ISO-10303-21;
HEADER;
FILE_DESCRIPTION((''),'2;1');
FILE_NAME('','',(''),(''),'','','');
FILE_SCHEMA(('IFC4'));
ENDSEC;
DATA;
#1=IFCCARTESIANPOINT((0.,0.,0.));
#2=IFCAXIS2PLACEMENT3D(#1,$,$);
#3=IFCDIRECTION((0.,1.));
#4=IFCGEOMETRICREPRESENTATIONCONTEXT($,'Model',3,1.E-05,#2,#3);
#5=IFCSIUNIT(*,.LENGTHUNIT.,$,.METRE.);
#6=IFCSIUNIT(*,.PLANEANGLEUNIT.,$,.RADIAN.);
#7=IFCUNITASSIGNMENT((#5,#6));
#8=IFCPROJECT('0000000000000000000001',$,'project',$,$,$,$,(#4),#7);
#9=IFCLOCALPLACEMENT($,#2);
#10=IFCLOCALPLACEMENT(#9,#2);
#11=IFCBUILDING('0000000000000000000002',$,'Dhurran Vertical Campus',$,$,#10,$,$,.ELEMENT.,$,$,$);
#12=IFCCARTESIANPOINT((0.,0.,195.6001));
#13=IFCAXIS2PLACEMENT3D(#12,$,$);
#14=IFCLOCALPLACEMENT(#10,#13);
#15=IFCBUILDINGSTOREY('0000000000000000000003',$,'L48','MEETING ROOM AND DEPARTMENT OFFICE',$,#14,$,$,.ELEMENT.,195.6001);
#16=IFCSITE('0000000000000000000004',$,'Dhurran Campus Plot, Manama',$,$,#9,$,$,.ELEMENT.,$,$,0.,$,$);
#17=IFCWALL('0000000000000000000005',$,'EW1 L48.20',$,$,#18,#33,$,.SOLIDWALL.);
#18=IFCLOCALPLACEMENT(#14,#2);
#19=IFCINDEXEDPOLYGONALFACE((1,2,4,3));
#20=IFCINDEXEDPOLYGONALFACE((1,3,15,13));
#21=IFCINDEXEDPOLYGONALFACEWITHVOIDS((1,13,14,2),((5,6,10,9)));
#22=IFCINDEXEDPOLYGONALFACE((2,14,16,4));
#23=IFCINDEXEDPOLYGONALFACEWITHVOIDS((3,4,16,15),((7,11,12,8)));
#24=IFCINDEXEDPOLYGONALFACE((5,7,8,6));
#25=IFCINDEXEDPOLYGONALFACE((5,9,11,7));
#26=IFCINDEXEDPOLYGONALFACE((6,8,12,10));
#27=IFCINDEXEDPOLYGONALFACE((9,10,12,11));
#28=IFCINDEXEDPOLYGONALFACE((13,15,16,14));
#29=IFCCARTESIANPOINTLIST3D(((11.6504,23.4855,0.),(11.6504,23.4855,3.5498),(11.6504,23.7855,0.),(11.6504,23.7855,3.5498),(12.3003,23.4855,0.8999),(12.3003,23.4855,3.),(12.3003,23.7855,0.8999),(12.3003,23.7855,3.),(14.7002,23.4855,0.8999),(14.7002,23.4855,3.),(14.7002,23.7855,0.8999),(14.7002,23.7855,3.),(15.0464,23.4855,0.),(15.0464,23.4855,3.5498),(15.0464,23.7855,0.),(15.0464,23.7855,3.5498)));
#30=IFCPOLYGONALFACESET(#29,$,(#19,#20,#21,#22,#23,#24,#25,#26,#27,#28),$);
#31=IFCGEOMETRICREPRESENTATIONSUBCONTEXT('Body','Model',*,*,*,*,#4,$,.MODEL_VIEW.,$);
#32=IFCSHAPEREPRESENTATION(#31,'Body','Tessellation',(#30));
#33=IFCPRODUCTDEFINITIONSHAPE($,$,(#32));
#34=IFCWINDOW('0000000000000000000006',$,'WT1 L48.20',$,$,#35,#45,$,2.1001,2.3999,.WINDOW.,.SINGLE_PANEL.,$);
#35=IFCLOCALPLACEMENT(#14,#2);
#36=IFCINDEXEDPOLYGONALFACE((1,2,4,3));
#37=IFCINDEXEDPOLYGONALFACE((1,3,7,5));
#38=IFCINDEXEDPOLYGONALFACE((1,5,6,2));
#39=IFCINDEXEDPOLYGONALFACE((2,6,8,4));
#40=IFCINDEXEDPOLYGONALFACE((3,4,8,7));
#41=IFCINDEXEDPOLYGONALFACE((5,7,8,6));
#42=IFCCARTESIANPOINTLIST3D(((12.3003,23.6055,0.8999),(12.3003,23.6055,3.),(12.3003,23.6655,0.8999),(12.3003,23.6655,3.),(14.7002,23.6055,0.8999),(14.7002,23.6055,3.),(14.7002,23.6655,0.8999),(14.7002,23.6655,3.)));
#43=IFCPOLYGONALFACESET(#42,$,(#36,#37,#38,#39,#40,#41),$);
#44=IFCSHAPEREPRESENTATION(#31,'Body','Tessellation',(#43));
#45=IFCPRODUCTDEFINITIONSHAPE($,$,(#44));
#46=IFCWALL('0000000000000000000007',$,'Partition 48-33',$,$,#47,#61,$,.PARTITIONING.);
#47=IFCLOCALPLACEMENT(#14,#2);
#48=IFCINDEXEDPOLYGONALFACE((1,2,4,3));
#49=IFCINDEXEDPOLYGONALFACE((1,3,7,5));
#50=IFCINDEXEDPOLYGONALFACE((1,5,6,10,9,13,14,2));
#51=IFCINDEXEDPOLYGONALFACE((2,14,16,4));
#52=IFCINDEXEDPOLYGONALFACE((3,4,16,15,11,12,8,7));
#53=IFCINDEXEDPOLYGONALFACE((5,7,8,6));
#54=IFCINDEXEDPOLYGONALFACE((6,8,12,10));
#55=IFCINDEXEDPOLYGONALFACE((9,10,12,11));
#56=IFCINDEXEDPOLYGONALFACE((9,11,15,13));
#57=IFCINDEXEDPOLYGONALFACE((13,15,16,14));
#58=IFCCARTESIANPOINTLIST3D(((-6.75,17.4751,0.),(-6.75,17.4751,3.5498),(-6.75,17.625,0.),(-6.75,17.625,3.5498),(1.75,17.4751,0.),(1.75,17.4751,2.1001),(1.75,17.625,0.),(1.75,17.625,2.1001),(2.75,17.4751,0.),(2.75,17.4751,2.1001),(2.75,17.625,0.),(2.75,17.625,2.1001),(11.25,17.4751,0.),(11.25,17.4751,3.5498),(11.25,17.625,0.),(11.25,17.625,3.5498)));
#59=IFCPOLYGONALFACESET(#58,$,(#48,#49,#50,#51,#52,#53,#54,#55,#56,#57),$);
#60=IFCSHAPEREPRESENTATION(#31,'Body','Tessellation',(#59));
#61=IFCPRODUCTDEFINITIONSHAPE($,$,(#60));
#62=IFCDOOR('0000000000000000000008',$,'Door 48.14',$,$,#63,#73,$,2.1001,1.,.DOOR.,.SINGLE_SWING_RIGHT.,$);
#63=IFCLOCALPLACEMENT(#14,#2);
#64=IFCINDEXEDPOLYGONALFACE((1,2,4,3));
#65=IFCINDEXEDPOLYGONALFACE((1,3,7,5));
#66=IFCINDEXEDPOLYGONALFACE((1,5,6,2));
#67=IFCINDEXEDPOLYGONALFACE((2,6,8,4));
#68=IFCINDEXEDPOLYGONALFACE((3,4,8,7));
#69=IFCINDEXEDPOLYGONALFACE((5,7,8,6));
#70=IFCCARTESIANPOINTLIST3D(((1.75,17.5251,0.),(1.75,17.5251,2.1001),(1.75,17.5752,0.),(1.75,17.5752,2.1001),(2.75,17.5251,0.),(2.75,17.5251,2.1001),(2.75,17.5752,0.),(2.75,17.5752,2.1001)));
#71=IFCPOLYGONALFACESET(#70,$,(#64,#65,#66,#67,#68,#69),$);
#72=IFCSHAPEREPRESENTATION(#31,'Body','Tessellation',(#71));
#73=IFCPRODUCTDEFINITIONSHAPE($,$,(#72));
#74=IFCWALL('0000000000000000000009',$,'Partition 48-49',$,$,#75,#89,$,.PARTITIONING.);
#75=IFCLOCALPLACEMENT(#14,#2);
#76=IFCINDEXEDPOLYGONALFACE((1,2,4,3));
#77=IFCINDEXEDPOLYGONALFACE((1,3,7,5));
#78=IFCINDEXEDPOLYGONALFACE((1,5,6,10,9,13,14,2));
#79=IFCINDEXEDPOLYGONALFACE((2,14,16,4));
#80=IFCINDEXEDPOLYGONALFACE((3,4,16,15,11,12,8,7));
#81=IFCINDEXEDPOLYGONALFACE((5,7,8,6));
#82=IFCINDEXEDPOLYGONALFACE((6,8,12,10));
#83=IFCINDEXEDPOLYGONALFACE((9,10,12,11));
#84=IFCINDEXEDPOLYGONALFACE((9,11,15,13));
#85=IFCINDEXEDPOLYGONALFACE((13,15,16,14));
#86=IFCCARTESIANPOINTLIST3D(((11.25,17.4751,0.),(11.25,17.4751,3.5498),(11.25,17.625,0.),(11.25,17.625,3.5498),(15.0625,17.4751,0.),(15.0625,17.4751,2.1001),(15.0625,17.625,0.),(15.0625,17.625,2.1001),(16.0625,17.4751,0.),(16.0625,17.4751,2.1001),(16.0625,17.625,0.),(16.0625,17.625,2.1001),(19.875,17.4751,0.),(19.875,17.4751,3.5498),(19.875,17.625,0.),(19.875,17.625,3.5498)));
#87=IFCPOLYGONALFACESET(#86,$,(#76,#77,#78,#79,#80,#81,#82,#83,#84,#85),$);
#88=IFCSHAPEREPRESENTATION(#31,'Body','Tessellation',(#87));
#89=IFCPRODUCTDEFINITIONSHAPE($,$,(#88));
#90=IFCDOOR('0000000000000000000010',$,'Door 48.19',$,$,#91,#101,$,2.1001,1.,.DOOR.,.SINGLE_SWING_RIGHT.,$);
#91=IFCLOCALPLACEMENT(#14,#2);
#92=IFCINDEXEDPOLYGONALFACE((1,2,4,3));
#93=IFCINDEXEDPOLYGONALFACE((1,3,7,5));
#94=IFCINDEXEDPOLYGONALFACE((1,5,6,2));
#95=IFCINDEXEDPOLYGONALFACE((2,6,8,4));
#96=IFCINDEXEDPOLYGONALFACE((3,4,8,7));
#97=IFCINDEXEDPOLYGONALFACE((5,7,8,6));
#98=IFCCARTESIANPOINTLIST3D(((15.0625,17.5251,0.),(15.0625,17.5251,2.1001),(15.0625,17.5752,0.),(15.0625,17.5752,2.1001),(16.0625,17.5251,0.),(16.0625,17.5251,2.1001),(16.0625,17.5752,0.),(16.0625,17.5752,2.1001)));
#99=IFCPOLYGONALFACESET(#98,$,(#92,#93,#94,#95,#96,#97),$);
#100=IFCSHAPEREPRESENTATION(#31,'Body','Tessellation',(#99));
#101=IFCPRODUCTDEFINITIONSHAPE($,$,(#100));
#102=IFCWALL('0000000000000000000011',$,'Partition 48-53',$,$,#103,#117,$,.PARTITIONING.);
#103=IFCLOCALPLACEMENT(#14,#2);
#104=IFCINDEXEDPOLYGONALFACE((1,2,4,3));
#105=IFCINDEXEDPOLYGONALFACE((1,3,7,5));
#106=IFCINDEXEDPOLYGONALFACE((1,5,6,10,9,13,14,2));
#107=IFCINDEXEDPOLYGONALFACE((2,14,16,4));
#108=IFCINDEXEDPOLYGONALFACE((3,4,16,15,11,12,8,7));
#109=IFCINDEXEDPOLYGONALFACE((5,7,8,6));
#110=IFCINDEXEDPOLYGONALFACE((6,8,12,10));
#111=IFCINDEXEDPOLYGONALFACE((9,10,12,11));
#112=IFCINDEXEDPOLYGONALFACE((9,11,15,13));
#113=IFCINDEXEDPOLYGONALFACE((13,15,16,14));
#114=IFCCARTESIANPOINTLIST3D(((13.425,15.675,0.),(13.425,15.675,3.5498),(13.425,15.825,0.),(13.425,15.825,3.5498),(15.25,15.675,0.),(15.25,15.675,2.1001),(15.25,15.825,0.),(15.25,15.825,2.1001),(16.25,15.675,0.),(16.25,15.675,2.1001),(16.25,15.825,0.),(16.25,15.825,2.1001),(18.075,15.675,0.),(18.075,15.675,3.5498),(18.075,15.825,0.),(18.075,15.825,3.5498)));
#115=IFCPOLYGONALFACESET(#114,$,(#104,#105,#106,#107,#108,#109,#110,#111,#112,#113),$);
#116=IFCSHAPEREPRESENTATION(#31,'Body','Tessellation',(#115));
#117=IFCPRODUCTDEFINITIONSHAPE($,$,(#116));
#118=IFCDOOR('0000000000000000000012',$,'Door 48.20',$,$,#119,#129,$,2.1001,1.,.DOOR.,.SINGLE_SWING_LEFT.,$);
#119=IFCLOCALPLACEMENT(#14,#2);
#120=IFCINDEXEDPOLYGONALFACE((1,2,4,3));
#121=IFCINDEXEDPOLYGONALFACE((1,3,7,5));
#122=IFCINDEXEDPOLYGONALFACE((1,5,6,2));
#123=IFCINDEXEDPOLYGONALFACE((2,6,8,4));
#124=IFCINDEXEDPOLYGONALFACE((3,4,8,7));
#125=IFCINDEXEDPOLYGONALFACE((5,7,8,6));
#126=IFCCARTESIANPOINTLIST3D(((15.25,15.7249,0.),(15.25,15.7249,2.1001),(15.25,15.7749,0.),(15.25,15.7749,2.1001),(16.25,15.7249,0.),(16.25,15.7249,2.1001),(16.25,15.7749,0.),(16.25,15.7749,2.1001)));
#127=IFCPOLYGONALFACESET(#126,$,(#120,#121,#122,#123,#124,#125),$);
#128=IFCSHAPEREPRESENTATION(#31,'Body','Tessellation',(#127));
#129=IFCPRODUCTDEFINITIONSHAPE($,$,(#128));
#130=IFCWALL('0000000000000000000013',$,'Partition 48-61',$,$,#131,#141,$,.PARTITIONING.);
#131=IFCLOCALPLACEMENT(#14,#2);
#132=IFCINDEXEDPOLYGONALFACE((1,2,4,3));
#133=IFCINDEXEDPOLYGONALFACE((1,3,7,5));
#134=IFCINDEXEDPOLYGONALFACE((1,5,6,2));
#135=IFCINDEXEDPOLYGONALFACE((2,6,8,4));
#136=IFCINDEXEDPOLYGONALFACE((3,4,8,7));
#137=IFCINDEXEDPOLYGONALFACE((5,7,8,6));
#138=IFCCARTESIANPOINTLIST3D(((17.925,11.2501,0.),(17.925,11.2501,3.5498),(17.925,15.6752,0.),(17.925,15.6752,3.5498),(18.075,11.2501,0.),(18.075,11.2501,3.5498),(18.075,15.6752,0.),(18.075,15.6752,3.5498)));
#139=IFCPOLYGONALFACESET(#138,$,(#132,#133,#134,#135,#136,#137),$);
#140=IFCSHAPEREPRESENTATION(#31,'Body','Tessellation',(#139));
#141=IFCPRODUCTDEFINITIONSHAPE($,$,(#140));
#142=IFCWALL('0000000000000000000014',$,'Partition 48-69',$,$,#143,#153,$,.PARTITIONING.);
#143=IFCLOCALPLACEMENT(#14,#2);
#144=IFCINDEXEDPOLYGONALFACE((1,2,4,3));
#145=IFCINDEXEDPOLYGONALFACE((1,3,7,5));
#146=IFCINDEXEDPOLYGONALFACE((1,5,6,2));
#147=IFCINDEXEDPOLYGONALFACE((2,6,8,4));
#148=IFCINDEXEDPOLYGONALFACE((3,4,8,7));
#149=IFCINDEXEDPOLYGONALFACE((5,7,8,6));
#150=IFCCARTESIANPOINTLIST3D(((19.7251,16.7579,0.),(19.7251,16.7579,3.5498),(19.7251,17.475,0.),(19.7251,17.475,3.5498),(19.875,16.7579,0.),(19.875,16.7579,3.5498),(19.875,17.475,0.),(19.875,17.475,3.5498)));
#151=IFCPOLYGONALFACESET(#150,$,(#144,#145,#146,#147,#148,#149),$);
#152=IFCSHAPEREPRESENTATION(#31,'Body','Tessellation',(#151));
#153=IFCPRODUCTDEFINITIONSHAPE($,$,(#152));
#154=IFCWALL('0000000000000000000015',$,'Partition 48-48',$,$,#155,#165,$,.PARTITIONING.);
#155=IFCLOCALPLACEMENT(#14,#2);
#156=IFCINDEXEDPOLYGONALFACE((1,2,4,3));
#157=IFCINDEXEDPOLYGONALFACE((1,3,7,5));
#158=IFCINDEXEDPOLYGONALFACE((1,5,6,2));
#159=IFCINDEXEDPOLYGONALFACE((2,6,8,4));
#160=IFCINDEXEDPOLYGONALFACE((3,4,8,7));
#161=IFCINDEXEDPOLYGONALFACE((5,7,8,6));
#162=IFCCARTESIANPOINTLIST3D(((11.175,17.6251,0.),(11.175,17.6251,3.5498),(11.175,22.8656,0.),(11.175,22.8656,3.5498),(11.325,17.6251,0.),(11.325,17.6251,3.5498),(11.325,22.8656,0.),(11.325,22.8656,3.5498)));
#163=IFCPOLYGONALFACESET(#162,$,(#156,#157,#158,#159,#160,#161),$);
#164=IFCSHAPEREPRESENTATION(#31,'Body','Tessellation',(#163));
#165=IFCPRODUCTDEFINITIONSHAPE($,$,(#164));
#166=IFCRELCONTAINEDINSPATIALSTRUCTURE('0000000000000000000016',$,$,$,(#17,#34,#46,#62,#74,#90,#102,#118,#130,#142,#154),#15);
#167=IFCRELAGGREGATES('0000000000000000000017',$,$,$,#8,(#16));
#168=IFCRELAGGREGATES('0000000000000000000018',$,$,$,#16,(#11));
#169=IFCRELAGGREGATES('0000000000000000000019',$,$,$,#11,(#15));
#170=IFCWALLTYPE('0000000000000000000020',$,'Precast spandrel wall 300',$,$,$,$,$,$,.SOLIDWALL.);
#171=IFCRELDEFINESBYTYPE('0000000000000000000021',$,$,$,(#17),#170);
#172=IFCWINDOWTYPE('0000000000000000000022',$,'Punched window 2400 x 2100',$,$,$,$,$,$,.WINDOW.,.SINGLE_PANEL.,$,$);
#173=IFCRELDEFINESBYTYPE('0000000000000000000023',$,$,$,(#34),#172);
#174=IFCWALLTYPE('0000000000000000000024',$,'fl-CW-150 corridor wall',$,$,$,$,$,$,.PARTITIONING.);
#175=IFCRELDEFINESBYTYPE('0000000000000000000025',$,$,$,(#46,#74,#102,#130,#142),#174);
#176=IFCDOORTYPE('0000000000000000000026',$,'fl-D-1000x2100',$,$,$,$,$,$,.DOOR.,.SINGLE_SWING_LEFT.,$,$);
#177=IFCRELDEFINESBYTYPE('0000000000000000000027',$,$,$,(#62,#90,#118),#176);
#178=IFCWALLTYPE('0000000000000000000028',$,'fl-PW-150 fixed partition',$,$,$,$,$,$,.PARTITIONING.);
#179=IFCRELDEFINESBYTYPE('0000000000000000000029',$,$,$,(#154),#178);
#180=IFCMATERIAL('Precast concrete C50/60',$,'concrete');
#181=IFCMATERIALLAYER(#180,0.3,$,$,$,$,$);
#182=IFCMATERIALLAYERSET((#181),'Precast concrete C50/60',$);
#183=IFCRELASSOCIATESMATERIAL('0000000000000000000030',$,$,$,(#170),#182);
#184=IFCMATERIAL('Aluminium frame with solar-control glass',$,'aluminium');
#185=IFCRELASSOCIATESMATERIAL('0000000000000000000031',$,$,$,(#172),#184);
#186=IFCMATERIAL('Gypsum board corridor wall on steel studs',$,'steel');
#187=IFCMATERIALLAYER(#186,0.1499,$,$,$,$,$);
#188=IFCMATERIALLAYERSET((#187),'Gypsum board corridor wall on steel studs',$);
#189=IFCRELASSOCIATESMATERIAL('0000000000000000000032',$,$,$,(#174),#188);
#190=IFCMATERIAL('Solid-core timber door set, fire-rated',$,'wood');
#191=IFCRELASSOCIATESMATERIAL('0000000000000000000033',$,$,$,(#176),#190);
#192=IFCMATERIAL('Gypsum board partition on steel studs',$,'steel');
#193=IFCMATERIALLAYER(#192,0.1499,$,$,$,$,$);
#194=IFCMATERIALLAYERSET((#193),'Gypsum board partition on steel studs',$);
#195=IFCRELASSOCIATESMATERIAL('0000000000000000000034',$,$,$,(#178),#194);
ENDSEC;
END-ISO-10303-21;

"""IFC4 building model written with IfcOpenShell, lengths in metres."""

from ifc_helpers import new_model, si_unit, direction, frame, frame_2d, origin, place, context, subcontext, project, spatial, rectangle, extrude, material, layer, layer_set, type_object, element, fill, save


model = new_model("IFC4")

# Units and contexts
model_context = context("Model", 3, precision=1e-05, world=origin(), true_north=direction((0.0, 1.0)))
body_context = subcontext(model_context, "Body", "Model", "MODEL_VIEW")
ifc_project = project(units=[si_unit("LENGTHUNIT", "METRE"), si_unit("PLANEANGLEUNIT", "RADIAN")], contexts=[model_context])

# Site, building, storey
site_placement = place(None, origin())
site = spatial("IfcSite", under=ifc_project, at=site_placement, Name="Dhurran Campus Plot, Manama", CompositionType="ELEMENT", RefElevation=0.0)
building_placement = place(site_placement, origin())
building = spatial("IfcBuilding", under=site, at=building_placement, Name="Dhurran Vertical Campus", CompositionType="ELEMENT")
storey_placement = place(building_placement, frame((0.0, 0.0, 195.6001)))
storey = spatial("IfcBuildingStorey", under=building, at=storey_placement, Name="L48", Description="MEETING ROOM AND DEPARTMENT OFFICE", CompositionType="ELEMENT", Elevation=195.6001)

# Wall, opening, window
ifc_material_1 = material(Name="Precast concrete C50/60", Category="concrete")
ifc_layer_1 = layer(ifc_material_1, 0.3)
ifc_layer_set_1 = layer_set([ifc_layer_1], Name="Precast concrete C50/60")
wall_type_1 = type_object("IfcWallType", Name="Precast spandrel wall 300", PredefinedType="SOLIDWALL", material=ifc_layer_set_1)
ifc_material_2 = material(Name="Aluminium frame with solar-control glass", Category="aluminium")
window_type = type_object("IfcWindowType", Name="Punched window 2400 x 2100", PartitioningType="SINGLE_PANEL", PredefinedType="WINDOW", material=ifc_material_2)
wall_1_placement = place(storey_placement, frame((15.0464, 23.6355, 0.0), z_axis=(0.0, 0.0, 1.0), x_axis=(-1.0, 0.0, 0.0)))
wall_1 = element("IfcWall", 1, at=wall_1_placement, inside=storey, type_object=wall_type_1, Name="EW1 L48.20", PredefinedType="SOLIDWALL", context=body_context, shape_type="SweptSolid", body=[
    extrude(rectangle(XDim=3.396, YDim=0.3, at=frame_2d((1.698, 0.0))), origin(), (0.0, 0.0, 1.0), 3.5498),
])
opening_1_placement = place(wall_1_placement, frame((0.3462, 0.0, 0.8999)))
opening_1 = element("IfcOpeningElement", 2, at=opening_1_placement, cuts=wall_1, PredefinedType="OPENING", context=body_context, shape_type="SweptSolid", body=[
    extrude(rectangle(XDim=2.3999, YDim=2.1001, at=frame_2d((1.2, 1.05))), frame((0.0, 0.1599, 0.0), z_axis=(0.0, -1.0, 0.0), x_axis=(1.0, 0.0, 0.0)), (0.0, 0.0, 1.0), 0.3201),
])
window_1_placement = place(opening_1_placement, origin())
window_1 = element("IfcWindow", 3, at=window_1_placement, inside=storey, type_object=window_type, Name="WT1 L48.20", OverallHeight=2.1001, OverallWidth=2.3999, PartitioningType="SINGLE_PANEL", PredefinedType="WINDOW", context=body_context, shape_type="SweptSolid", body=[
    extrude(rectangle(XDim=2.3999, YDim=2.1001, at=frame_2d((1.2, 1.05))), frame((0.0, 0.03, 0.0), z_axis=(0.0, -1.0, 0.0), x_axis=(1.0, 0.0, 0.0)), (0.0, 0.0, 1.0), 0.0601),
])
fill(opening_1, window_1)

# Walls, openings, doors
ifc_material_3 = material(Name="Gypsum board corridor wall on steel studs", Category="steel")
ifc_layer_2 = layer(ifc_material_3, 0.1499)
ifc_layer_set_2 = layer_set([ifc_layer_2], Name="Gypsum board corridor wall on steel studs")
wall_type_2 = type_object("IfcWallType", Name="fl-CW-150 corridor wall", PredefinedType="PARTITIONING", material=ifc_layer_set_2)
wall_2_placement = place(storey_placement, frame((11.25, 17.55, 0.0), z_axis=(0.0, 0.0, 1.0), x_axis=(-1.0, 0.0, 0.0)))
wall_2 = element("IfcWall", 4, at=wall_2_placement, inside=storey, type_object=wall_type_2, Name="Partition 48-33", PredefinedType="PARTITIONING", context=body_context, shape_type="SweptSolid", body=[
    extrude(rectangle(XDim=18.0, YDim=0.1499, at=frame_2d((9.0, 0.0))), origin(), (0.0, 0.0, 1.0), 3.5498),
])
opening_2_placement = place(wall_2_placement, frame((8.5, 0.0, 0.0)))
opening_2 = element("IfcOpeningElement", 5, at=opening_2_placement, cuts=wall_2, PredefinedType="OPENING", context=body_context, shape_type="SweptSolid", body=[
    extrude(rectangle(XDim=1.0, YDim=2.1001, at=frame_2d((0.5, 1.05))), frame((0.0, 0.085, 0.0), z_axis=(0.0, -1.0, 0.0), x_axis=(1.0, 0.0, 0.0)), (0.0, 0.0, 1.0), 0.1699),
])
ifc_material_4 = material(Name="Solid-core timber door set, fire-rated", Category="wood")
door_type = type_object("IfcDoorType", Name="fl-D-1000x2100", OperationType="SINGLE_SWING_LEFT", PredefinedType="DOOR", material=ifc_material_4)
door_1_placement = place(opening_2_placement, origin())
door_1 = element("IfcDoor", 6, at=door_1_placement, inside=storey, type_object=door_type, Name="Door 48.14", OperationType="SINGLE_SWING_RIGHT", OverallHeight=2.1001, OverallWidth=1.0, PredefinedType="DOOR", context=body_context, shape_type="SweptSolid", body=[
    extrude(rectangle(XDim=1.0, YDim=2.1001, at=frame_2d((0.5, 1.05))), frame((0.0, 0.0249, 0.0), z_axis=(0.0, -1.0, 0.0), x_axis=(1.0, 0.0, 0.0)), (0.0, 0.0, 1.0), 0.05),
])
fill(opening_2, door_1)
wall_3_placement = place(storey_placement, frame((19.875, 17.55, 0.0), z_axis=(0.0, 0.0, 1.0), x_axis=(-1.0, 0.0, 0.0)))
wall_3 = element("IfcWall", 7, at=wall_3_placement, inside=storey, type_object=wall_type_2, Name="Partition 48-49", PredefinedType="PARTITIONING", context=body_context, shape_type="SweptSolid", body=[
    extrude(rectangle(XDim=8.625, YDim=0.1499, at=frame_2d((4.3125, 0.0))), origin(), (0.0, 0.0, 1.0), 3.5498),
])
opening_3_placement = place(wall_3_placement, frame((3.8125, 0.0, 0.0)))
opening_3 = element("IfcOpeningElement", 8, at=opening_3_placement, cuts=wall_3, PredefinedType="OPENING", context=body_context, shape_type="SweptSolid", body=[
    extrude(rectangle(XDim=1.0, YDim=2.1001, at=frame_2d((0.5, 1.05))), frame((0.0, 0.085, 0.0), z_axis=(0.0, -1.0, 0.0), x_axis=(1.0, 0.0, 0.0)), (0.0, 0.0, 1.0), 0.1699),
])
door_2_placement = place(opening_3_placement, origin())
door_2 = element("IfcDoor", 9, at=door_2_placement, inside=storey, type_object=door_type, Name="Door 48.19", OperationType="SINGLE_SWING_RIGHT", OverallHeight=2.1001, OverallWidth=1.0, PredefinedType="DOOR", context=body_context, shape_type="SweptSolid", body=[
    extrude(rectangle(XDim=1.0, YDim=2.1001, at=frame_2d((0.5, 1.05))), frame((0.0, 0.0249, 0.0), z_axis=(0.0, -1.0, 0.0), x_axis=(1.0, 0.0, 0.0)), (0.0, 0.0, 1.0), 0.05),
])
fill(opening_3, door_2)
wall_4_placement = place(storey_placement, frame((13.425, 15.75, 0.0), z_axis=(0.0, 0.0, 1.0), x_axis=(1.0, 0.0, 0.0)))
wall_4 = element("IfcWall", 10, at=wall_4_placement, inside=storey, type_object=wall_type_2, Name="Partition 48-53", PredefinedType="PARTITIONING", context=body_context, shape_type="SweptSolid", body=[
    extrude(rectangle(XDim=4.6499, YDim=0.1499, at=frame_2d((2.325, 0.0))), origin(), (0.0, 0.0, 1.0), 3.5498),
])
opening_4_placement = place(wall_4_placement, frame((1.825, 0.0, 0.0)))
opening_4 = element("IfcOpeningElement", 11, at=opening_4_placement, cuts=wall_4, PredefinedType="OPENING", context=body_context, shape_type="SweptSolid", body=[
    extrude(rectangle(XDim=1.0, YDim=2.1001, at=frame_2d((0.5, 1.05))), frame((0.0, 0.085, 0.0), z_axis=(0.0, -1.0, 0.0), x_axis=(1.0, 0.0, 0.0)), (0.0, 0.0, 1.0), 0.1699),
])
door_3_placement = place(opening_4_placement, origin())
door_3 = element("IfcDoor", 12, at=door_3_placement, inside=storey, type_object=door_type, Name="Door 48.20", OperationType="SINGLE_SWING_LEFT", OverallHeight=2.1001, OverallWidth=1.0, PredefinedType="DOOR", context=body_context, shape_type="SweptSolid", body=[
    extrude(rectangle(XDim=1.0, YDim=2.1001, at=frame_2d((0.5, 1.05))), frame((0.0, 0.0249, 0.0), z_axis=(0.0, -1.0, 0.0), x_axis=(1.0, 0.0, 0.0)), (0.0, 0.0, 1.0), 0.05),
])
fill(opening_4, door_3)

# Walls
wall_5_placement = place(storey_placement, frame((18.0, 15.675, 0.0), z_axis=(0.0, 0.0, 1.0), x_axis=(0.0, -1.0, 0.0)))
element("IfcWall", 13, at=wall_5_placement, inside=storey, type_object=wall_type_2, Name="Partition 48-61", PredefinedType="PARTITIONING", context=body_context, shape_type="SweptSolid", body=[
    extrude(rectangle(XDim=4.425, YDim=0.1499, at=frame_2d((2.2124, 0.0))), origin(), (0.0, 0.0, 1.0), 3.5498),
])
wall_6_placement = place(storey_placement, frame((19.8, 16.7581, 0.0), z_axis=(0.0, 0.0, 1.0), x_axis=(0.0, 1.0, 0.0)))
element("IfcWall", 14, at=wall_6_placement, inside=storey, type_object=wall_type_2, Name="Partition 48-69", PredefinedType="PARTITIONING", context=body_context, shape_type="SweptSolid", body=[
    extrude(rectangle(XDim=0.717, YDim=0.1499, at=frame_2d((0.3584, 0.0))), origin(), (0.0, 0.0, 1.0), 3.5498),
])
ifc_material_5 = material(Name="Gypsum board partition on steel studs", Category="steel")
ifc_layer_3 = layer(ifc_material_5, 0.1499)
ifc_layer_set_3 = layer_set([ifc_layer_3], Name="Gypsum board partition on steel studs")
wall_type_3 = type_object("IfcWallType", Name="fl-PW-150 fixed partition", PredefinedType="PARTITIONING", material=ifc_layer_set_3)
wall_7_placement = place(storey_placement, frame((11.25, 22.8655, 0.0), z_axis=(0.0, 0.0, 1.0), x_axis=(0.0, -1.0, 0.0)))
element("IfcWall", 15, at=wall_7_placement, inside=storey, type_object=wall_type_3, Name="Partition 48-48", PredefinedType="PARTITIONING", context=body_context, shape_type="SweptSolid", body=[
    extrude(rectangle(XDim=5.2405, YDim=0.1499, at=frame_2d((2.6201, 0.0))), origin(), (0.0, 0.0, 1.0), 3.5498),
])

save(model, "model.ifc")
